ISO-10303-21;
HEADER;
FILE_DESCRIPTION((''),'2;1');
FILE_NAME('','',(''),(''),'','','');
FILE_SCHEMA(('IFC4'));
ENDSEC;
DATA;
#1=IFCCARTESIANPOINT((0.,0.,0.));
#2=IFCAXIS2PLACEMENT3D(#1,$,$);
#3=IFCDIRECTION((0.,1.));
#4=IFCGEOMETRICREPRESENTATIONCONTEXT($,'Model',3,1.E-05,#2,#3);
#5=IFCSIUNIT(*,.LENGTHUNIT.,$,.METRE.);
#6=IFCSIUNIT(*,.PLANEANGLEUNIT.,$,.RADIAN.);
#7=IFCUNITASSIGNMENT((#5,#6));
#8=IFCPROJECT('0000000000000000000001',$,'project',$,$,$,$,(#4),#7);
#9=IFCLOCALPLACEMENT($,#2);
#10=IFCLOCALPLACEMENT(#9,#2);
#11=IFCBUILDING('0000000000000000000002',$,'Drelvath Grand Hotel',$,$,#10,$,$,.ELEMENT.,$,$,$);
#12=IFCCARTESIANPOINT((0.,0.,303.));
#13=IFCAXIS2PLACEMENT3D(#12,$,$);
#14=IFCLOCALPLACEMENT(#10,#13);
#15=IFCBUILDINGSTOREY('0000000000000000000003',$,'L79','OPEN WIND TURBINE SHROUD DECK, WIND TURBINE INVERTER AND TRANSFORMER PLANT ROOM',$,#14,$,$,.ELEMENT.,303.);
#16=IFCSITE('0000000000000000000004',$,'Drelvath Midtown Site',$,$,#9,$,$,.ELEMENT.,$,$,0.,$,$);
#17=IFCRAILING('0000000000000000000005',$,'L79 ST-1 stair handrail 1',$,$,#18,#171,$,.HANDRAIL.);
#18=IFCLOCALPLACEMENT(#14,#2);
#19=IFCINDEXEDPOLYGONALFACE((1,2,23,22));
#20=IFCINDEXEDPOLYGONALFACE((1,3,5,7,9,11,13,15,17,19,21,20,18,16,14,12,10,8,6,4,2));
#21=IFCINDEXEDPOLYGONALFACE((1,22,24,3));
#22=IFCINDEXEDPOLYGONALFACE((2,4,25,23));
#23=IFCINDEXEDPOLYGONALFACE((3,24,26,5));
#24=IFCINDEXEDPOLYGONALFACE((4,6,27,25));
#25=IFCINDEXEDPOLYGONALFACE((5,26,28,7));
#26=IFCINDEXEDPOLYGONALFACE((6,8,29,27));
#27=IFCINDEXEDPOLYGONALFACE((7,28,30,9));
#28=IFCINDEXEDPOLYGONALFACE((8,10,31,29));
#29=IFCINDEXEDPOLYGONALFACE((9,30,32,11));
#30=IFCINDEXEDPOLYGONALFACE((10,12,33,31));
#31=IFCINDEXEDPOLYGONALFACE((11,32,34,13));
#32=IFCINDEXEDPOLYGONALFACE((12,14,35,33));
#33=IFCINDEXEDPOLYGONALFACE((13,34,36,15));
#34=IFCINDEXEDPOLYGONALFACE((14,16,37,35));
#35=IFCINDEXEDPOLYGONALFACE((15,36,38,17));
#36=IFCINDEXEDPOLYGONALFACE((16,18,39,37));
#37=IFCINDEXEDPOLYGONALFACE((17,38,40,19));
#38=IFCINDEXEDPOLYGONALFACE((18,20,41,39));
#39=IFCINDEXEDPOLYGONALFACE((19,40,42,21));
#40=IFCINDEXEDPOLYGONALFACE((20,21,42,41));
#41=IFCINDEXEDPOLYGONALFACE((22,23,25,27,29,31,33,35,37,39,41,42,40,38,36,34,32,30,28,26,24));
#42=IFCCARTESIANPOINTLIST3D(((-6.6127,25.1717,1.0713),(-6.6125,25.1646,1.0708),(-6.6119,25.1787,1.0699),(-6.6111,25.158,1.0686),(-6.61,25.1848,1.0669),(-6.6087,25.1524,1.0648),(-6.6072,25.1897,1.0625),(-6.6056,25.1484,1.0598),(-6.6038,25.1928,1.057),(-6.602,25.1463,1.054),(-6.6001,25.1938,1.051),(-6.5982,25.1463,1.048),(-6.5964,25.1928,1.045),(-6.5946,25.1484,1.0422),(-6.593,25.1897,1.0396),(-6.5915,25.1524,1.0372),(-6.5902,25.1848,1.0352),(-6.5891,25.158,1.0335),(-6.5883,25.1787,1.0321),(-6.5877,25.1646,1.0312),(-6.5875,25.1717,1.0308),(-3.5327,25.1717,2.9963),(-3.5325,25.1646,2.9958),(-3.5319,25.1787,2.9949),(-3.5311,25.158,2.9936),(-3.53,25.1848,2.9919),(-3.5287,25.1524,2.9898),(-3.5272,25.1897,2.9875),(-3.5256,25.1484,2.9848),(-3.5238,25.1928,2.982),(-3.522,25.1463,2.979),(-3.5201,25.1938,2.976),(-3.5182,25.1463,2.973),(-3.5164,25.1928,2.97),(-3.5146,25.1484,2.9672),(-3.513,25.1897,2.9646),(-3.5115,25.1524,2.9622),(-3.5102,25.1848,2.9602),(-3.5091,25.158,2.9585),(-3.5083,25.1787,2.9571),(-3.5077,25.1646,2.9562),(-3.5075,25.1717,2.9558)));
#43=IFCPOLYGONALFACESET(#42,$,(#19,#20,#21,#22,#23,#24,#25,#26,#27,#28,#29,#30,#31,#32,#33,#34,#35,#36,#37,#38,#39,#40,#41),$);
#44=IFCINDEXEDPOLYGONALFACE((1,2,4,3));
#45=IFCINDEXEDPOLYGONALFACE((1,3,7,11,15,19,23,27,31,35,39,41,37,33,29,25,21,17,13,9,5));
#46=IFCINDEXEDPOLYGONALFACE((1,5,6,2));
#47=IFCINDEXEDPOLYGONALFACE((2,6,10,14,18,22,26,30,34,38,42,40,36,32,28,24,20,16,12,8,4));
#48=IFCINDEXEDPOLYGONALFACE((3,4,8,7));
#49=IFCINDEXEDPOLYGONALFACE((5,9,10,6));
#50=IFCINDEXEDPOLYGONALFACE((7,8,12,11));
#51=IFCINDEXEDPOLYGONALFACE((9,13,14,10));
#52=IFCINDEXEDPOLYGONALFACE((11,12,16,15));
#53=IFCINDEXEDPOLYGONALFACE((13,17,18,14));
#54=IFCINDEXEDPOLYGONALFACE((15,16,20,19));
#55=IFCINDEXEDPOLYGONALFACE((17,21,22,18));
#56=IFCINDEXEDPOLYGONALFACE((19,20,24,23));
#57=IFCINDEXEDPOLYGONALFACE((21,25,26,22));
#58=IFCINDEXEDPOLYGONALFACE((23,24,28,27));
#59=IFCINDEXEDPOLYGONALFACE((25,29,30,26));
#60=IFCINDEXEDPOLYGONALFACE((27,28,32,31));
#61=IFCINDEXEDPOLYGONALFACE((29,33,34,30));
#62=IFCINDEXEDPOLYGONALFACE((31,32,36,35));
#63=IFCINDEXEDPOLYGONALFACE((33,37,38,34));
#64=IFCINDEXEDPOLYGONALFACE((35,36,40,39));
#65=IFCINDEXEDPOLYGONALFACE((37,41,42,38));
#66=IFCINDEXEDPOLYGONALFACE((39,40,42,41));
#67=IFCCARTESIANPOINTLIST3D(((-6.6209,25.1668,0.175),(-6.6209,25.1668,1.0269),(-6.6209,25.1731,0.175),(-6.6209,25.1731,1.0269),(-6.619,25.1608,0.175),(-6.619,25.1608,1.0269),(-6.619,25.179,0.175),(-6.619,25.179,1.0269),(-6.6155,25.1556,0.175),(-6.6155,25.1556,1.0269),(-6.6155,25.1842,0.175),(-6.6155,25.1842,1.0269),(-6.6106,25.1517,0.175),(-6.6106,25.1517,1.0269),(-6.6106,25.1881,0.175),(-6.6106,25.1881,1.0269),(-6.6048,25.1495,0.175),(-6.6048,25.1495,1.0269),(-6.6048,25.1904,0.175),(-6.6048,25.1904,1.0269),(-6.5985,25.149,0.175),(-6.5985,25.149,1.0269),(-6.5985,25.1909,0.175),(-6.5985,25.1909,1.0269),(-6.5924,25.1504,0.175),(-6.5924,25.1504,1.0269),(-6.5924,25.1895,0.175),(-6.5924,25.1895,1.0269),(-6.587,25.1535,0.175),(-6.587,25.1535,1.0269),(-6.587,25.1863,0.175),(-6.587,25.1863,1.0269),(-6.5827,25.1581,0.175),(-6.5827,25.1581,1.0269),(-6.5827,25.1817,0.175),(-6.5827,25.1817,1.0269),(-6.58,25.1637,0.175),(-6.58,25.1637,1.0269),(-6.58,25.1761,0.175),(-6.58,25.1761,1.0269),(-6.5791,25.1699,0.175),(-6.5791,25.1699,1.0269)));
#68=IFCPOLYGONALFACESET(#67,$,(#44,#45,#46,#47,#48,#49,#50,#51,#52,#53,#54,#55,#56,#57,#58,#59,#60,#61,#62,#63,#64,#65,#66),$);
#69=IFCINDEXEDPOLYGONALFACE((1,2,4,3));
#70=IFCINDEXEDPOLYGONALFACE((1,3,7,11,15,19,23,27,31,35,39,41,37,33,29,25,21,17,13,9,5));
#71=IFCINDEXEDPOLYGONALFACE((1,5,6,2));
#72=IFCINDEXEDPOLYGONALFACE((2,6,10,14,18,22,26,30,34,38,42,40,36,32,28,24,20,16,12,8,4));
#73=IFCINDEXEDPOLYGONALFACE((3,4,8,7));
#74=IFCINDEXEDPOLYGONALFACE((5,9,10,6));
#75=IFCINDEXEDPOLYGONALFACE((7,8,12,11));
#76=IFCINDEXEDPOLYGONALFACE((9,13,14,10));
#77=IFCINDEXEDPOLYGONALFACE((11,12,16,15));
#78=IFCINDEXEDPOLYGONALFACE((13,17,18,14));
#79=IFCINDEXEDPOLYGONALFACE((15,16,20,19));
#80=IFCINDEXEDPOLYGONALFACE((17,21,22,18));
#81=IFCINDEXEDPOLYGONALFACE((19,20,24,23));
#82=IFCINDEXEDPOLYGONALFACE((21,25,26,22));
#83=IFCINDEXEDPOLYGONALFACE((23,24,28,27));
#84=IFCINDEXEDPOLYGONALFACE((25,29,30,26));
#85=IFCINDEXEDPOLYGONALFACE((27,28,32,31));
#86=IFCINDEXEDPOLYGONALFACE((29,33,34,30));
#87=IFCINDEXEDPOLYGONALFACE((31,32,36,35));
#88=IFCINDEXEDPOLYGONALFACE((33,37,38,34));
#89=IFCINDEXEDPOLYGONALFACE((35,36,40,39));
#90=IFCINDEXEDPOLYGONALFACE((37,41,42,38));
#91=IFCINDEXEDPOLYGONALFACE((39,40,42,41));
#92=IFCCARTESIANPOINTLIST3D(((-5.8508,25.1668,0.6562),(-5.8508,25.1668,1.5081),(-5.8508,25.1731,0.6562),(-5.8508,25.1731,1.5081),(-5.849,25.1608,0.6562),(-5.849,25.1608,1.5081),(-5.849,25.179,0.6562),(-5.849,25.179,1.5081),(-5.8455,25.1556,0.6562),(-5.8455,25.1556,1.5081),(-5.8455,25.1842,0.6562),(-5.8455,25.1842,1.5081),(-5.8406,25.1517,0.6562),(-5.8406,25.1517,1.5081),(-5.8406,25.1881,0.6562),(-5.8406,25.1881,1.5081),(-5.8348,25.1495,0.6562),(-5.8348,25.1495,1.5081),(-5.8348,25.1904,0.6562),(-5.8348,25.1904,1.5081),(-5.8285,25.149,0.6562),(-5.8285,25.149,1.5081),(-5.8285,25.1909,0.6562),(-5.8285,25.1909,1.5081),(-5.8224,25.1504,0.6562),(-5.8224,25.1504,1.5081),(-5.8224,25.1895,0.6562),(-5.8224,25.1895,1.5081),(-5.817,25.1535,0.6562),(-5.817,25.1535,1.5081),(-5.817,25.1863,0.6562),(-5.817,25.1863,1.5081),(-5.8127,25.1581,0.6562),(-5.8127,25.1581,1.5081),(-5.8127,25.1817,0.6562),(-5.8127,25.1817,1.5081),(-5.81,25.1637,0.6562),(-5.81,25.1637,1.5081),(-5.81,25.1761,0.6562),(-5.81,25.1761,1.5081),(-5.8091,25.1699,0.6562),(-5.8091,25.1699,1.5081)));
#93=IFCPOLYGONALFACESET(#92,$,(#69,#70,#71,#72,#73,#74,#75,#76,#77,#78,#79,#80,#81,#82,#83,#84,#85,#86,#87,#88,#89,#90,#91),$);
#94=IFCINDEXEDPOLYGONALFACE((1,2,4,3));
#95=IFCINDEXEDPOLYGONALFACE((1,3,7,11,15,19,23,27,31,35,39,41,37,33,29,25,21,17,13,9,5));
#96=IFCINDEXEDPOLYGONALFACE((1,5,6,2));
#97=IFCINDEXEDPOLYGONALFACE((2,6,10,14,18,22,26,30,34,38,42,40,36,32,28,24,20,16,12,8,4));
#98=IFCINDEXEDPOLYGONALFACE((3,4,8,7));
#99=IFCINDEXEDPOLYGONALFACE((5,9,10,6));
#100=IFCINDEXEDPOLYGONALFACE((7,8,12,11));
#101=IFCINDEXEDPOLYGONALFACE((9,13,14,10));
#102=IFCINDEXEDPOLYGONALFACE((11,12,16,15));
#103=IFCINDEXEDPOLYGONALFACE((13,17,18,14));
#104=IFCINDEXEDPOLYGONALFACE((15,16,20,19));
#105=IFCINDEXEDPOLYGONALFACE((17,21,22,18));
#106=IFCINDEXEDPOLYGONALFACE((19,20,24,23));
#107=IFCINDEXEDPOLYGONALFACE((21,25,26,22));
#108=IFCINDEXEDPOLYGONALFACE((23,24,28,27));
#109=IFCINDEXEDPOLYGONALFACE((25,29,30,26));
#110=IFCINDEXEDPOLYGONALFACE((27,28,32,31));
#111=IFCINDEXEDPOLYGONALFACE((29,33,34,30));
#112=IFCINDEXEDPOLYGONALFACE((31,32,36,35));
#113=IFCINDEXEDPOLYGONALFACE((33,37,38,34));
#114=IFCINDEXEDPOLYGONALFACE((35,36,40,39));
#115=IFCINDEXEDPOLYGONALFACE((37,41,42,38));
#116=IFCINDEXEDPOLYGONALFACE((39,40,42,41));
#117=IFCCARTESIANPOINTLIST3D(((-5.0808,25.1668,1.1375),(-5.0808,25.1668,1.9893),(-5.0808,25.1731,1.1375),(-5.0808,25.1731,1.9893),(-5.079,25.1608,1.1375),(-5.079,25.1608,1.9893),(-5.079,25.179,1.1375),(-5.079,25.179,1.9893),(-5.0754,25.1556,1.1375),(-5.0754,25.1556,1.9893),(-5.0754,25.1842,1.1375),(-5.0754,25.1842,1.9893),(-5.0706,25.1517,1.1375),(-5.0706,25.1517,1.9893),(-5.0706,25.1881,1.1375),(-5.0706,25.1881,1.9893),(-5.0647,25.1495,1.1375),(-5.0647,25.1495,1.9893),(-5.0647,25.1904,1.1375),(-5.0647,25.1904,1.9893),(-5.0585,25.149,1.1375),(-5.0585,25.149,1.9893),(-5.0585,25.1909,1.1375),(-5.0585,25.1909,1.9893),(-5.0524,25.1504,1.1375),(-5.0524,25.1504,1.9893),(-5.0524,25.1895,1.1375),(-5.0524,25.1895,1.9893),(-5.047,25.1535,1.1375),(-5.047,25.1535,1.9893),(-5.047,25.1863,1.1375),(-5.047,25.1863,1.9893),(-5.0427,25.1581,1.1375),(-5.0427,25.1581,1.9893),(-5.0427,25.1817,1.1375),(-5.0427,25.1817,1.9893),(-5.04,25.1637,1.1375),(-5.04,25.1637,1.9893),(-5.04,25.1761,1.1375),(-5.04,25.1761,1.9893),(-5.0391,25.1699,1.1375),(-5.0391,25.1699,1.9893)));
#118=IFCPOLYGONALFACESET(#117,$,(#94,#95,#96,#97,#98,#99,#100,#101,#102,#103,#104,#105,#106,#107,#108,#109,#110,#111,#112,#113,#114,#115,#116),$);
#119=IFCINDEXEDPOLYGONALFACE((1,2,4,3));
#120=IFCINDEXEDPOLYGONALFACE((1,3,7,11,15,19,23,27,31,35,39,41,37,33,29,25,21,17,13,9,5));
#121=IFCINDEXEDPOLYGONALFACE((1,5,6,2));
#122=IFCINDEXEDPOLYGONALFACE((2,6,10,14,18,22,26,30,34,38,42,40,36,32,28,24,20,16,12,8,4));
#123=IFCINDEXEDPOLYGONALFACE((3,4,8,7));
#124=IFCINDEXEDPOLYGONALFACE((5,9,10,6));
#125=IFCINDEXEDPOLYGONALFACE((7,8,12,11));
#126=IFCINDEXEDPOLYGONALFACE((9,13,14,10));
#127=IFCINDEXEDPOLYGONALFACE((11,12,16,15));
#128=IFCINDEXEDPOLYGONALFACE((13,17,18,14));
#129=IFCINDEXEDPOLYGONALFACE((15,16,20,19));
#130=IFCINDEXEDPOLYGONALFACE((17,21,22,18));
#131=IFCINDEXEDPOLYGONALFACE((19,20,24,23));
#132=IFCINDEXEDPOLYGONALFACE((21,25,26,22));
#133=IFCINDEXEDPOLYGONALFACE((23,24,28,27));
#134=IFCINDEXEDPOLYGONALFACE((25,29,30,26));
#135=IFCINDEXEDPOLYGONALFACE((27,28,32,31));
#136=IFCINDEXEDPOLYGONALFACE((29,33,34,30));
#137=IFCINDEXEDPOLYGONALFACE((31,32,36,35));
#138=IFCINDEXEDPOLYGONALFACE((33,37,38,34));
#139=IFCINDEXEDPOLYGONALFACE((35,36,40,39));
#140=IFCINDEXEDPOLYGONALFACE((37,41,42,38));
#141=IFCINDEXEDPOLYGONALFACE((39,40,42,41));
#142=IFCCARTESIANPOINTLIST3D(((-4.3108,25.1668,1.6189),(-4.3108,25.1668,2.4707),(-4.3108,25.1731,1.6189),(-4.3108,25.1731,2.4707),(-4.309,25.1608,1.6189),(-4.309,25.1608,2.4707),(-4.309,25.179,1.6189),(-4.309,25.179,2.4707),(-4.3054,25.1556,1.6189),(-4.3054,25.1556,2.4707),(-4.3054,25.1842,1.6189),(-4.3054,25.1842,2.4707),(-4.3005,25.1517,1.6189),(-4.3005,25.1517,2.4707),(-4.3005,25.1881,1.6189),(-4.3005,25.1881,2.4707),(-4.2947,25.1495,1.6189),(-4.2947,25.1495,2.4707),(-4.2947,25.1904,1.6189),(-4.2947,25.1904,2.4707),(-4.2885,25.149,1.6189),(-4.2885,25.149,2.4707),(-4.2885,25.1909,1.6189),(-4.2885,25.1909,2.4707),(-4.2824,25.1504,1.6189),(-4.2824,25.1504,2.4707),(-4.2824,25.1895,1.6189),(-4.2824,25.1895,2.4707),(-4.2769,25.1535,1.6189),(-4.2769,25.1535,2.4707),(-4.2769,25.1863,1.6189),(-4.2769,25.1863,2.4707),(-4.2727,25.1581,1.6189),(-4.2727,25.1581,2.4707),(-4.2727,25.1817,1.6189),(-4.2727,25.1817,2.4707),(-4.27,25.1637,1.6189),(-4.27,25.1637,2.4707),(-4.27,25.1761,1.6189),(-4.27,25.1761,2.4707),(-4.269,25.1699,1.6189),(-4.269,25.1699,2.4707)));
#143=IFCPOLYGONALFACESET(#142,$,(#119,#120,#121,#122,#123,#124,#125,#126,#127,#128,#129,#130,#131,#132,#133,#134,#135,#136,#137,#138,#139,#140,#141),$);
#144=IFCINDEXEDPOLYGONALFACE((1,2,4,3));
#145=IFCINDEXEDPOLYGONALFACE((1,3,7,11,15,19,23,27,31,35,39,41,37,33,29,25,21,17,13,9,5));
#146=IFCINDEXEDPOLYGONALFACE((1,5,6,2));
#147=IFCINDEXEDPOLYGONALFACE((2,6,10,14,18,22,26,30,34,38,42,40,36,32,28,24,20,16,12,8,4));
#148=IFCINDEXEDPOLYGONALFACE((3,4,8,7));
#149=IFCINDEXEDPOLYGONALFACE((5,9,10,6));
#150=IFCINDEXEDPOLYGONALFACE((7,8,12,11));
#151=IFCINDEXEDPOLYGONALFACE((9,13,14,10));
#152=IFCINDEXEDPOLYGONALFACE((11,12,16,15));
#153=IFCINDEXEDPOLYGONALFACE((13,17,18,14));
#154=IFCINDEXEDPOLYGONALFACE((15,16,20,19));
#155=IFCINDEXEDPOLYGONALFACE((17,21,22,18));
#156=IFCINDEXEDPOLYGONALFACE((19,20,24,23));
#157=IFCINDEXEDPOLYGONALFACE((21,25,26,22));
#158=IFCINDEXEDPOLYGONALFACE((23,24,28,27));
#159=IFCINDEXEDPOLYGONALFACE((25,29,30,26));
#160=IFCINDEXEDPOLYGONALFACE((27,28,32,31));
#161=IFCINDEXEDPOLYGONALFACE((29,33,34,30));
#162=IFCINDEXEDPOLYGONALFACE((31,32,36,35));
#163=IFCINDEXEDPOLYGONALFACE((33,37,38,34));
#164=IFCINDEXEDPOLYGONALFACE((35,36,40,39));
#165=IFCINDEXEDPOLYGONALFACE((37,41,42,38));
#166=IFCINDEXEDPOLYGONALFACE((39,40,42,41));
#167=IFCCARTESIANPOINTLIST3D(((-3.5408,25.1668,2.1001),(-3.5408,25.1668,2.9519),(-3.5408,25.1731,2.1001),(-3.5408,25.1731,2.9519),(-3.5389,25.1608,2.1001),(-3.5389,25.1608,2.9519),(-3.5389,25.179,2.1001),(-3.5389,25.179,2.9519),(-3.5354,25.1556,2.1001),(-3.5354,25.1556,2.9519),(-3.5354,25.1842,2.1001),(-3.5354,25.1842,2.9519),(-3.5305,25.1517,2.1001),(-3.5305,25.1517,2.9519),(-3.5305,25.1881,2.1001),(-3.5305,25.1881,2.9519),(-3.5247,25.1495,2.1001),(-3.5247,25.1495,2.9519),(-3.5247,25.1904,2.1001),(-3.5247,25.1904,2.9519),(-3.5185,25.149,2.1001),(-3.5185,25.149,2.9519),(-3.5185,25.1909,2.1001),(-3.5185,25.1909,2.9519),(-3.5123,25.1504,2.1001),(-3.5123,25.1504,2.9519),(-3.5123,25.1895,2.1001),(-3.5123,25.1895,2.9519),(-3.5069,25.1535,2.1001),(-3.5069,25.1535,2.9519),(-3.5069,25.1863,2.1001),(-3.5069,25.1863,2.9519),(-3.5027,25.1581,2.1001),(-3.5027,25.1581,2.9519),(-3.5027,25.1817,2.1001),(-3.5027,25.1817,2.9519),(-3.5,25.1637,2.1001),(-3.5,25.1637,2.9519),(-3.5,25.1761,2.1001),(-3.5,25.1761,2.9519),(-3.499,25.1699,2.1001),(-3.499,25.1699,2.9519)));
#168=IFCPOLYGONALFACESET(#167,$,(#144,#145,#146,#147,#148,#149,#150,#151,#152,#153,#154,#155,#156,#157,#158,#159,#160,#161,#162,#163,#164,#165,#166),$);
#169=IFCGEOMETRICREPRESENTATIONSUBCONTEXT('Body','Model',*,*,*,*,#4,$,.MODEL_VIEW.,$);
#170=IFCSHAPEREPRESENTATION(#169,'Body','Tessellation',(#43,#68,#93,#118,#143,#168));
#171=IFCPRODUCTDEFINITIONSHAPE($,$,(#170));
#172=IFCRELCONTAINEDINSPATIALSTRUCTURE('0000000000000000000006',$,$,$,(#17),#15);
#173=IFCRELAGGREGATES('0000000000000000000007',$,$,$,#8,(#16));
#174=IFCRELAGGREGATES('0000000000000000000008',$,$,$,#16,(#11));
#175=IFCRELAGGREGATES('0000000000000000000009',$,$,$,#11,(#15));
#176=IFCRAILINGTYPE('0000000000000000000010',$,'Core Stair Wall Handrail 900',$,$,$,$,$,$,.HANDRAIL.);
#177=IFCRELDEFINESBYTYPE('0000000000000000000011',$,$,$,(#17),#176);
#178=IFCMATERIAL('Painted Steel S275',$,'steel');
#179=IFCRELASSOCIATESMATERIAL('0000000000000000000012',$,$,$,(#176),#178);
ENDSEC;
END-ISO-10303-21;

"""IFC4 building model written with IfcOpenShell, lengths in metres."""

from ifc_helpers import new_model, si_unit, direction, frame, origin, origin_2d, place, context, subcontext, project, spatial, circle, extrude, material, type_object, element, save


model = new_model("IFC4")

# Units and contexts
model_context = context("Model", 3, precision=1e-05, world=origin(), true_north=direction((0.0, 1.0)))
body_context = subcontext(model_context, "Body", "Model", "MODEL_VIEW")
ifc_project = project(units=[si_unit("LENGTHUNIT", "METRE"), si_unit("PLANEANGLEUNIT", "RADIAN")], contexts=[model_context])

# Site, building, storey
site_placement = place(None, origin())
site = spatial("IfcSite", under=ifc_project, at=site_placement, Name="Drelvath Midtown Site", CompositionType="ELEMENT", RefElevation=0.0)
building_placement = place(site_placement, origin())
building = spatial("IfcBuilding", under=site, at=building_placement, Name="Drelvath Grand Hotel", CompositionType="ELEMENT")
storey_placement = place(building_placement, frame((0.0, 0.0, 303.0)))
storey = spatial("IfcBuildingStorey", under=building, at=storey_placement, Name="L79", Description="OPEN WIND TURBINE SHROUD DECK, WIND TURBINE INVERTER AND TRANSFORMER PLANT ROOM", CompositionType="ELEMENT", Elevation=303.0)

# Shared definitions
ifc_material_1 = material(Name="Painted Steel S275", Category="steel")

# Railing
railing_type_1 = type_object("IfcRailingType", Name="Core Stair Wall Handrail 900", PredefinedType="HANDRAIL", material=ifc_material_1)
railing_1_placement = place(storey_placement, frame((-6.6001, 25.1699, 0.175)))
element("IfcRailing", 1, at=railing_1_placement, inside=storey, type_object=railing_type_1, Name="L79 ST-1 stair handrail 1", PredefinedType="HANDRAIL", context=body_context, shape_type="SweptSolid", body=[
    extrude(circle(Radius=0.0239, at=origin_2d()), frame((0.0, 0.0, 0.876), z_axis=(0.847998, 0.0, 0.529999), x_axis=(0.0, 1.0, 0.0)), (0.0, 0.0, 1.0), 3.6321),
    extrude(circle(Radius=0.021, at=origin_2d()), origin(), (0.0, 0.0, 1.0), 0.8518),
    extrude(circle(Radius=0.021, at=origin_2d()), frame((0.77, 0.0, 0.4812)), (0.0, 0.0, 1.0), 0.8518),
    extrude(circle(Radius=0.021, at=origin_2d()), frame((1.54, 0.0, 0.9624)), (0.0, 0.0, 1.0), 0.8518),
    extrude(circle(Radius=0.021, at=origin_2d()), frame((2.3101, 0.0, 1.4438)), (0.0, 0.0, 1.0), 0.8518),
    extrude(circle(Radius=0.021, at=origin_2d()), frame((3.0801, 0.0, 1.925)), (0.0, 0.0, 1.0), 0.8518),
])

save(model, "model.ifc")
